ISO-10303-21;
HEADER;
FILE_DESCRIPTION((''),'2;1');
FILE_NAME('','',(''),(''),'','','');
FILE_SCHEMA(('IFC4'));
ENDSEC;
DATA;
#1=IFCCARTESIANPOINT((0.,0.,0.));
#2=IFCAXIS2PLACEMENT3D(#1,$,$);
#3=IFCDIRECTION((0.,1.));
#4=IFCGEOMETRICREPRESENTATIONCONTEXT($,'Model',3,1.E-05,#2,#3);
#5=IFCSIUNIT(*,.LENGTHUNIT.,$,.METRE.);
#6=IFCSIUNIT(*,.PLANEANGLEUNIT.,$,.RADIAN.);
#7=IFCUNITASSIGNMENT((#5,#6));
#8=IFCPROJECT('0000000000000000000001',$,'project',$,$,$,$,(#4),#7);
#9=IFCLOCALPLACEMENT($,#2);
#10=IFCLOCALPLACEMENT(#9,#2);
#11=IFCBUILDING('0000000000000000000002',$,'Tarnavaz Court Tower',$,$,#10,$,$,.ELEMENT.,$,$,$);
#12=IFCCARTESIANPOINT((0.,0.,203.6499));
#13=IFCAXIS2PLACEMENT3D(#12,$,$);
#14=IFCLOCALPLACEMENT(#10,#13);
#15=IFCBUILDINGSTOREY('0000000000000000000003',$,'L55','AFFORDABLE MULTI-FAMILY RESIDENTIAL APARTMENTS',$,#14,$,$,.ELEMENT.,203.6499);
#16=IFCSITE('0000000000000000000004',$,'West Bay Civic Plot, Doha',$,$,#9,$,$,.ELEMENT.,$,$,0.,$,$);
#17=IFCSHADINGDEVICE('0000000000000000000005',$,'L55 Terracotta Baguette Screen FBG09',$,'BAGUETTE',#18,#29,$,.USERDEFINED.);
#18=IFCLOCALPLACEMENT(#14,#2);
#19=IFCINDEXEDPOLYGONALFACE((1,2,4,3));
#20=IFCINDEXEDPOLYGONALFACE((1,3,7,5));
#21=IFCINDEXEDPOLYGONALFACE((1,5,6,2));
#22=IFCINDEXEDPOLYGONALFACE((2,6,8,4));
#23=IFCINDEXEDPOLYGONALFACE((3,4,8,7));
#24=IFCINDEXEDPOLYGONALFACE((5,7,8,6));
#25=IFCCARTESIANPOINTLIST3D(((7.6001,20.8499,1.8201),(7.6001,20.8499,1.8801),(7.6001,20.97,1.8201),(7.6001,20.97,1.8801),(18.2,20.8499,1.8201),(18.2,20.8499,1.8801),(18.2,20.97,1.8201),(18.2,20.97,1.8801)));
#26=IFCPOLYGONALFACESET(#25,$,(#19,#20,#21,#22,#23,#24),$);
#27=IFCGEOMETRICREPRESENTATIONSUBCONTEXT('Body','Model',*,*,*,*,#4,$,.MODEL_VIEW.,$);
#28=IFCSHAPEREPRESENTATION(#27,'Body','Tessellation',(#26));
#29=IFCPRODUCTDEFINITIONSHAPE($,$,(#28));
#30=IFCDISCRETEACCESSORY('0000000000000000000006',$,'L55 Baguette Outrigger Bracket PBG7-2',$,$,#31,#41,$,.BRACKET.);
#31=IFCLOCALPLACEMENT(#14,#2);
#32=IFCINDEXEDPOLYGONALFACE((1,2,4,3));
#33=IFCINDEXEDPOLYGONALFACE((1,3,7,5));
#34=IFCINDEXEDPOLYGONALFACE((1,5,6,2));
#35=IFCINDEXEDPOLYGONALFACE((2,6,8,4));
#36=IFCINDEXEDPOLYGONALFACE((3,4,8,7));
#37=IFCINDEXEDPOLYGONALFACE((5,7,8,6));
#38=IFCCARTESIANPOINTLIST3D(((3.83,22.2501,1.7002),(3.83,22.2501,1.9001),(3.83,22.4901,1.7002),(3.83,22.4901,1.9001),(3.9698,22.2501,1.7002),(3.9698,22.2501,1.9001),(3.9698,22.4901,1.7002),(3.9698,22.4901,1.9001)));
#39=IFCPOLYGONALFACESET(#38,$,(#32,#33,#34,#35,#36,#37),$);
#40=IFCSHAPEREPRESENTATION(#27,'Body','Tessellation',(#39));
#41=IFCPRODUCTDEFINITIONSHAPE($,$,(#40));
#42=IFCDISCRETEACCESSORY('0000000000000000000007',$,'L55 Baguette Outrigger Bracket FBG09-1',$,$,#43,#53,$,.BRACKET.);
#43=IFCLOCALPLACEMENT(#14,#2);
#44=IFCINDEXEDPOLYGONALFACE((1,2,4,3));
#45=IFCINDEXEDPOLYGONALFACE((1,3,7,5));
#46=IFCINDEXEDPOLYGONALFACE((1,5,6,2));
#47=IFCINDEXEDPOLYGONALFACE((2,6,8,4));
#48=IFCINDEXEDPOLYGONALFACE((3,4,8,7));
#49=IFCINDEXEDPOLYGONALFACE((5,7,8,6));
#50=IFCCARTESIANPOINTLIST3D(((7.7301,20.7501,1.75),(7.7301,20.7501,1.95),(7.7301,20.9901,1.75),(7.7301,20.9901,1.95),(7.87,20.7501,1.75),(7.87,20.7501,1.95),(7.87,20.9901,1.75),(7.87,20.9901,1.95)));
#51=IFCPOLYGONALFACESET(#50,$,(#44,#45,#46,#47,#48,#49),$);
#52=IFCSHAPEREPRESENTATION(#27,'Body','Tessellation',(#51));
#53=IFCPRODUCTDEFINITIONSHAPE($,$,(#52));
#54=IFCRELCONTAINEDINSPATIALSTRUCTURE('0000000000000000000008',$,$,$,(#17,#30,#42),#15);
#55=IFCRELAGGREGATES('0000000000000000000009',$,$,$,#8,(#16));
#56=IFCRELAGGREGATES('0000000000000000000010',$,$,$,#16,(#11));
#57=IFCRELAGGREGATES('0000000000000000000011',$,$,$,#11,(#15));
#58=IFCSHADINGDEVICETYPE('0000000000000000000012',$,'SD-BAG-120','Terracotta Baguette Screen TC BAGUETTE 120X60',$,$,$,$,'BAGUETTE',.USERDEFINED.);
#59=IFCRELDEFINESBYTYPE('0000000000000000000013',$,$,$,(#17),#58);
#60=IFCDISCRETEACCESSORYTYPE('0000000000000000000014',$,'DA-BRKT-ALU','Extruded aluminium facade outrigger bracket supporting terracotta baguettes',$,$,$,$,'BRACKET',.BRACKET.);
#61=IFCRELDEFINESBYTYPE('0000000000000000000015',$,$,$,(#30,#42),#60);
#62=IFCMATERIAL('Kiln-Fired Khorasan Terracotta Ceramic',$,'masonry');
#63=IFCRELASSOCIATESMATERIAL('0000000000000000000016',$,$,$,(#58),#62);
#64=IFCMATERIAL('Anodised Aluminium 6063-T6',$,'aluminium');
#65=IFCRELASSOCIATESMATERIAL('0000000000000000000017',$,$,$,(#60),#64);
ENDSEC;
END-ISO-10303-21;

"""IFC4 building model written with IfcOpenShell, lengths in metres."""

from ifc_helpers import new_model, si_unit, direction, frame, origin, origin_2d, place, context, subcontext, project, spatial, rectangle, extrude, material, material_profile, profile_set, type_object, element, save


model = new_model("IFC4")

# Units and contexts
model_context = context("Model", 3, precision=1e-05, world=origin(), true_north=direction((0.0, 1.0)))
body_context = subcontext(model_context, "Body", "Model", "MODEL_VIEW")
ifc_project = project(units=[si_unit("LENGTHUNIT", "METRE"), si_unit("PLANEANGLEUNIT", "RADIAN")], contexts=[model_context])

# Site, building, storey
site_placement = place(None, origin())
site = spatial("IfcSite", under=ifc_project, at=site_placement, Name="West Bay Civic Plot, Doha", CompositionType="ELEMENT", RefElevation=0.0)
building_placement = place(site_placement, origin())
building = spatial("IfcBuilding", under=site, at=building_placement, Name="Tarnavaz Court Tower", CompositionType="ELEMENT")
storey_placement = place(building_placement, frame((0.0, 0.0, 203.6499)))
storey = spatial("IfcBuildingStorey", under=building, at=storey_placement, Name="L55", Description="AFFORDABLE MULTI-FAMILY RESIDENTIAL APARTMENTS", CompositionType="ELEMENT", Elevation=203.6499)

# Shared definitions
ifc_material_1 = material(Name="Anodised Aluminium 6063-T6", Category="aluminium")

# Shading device
ifc_material_2 = material(Name="Kiln-Fired Khorasan Terracotta Ceramic", Category="masonry")
ifc_material_profile_1 = material_profile(ifc_material_2, rectangle(XDim=0.1201, YDim=0.0601, at=origin_2d()), Name="TC BAGUETTE 120X60")
ifc_profile_set_1 = profile_set([ifc_material_profile_1], Name="Kiln-Fired Khorasan Terracotta Ceramic")
shading_device_type = type_object("IfcShadingDeviceType", Name="SD-BAG-120", Description="Terracotta Baguette Screen TC BAGUETTE 120X60", ElementType="BAGUETTE", PredefinedType="USERDEFINED", material=ifc_profile_set_1)
shading_device_placement = place(storey_placement, frame((7.6001, 20.9099, 1.8501), z_axis=(1.0, 0.0, 0.0), x_axis=(0.0, 1.0, 0.0)))
element("IfcShadingDevice", 1, at=shading_device_placement, inside=storey, type_object=shading_device_type, Name="L55 Terracotta Baguette Screen FBG09", ObjectType="BAGUETTE", PredefinedType="USERDEFINED", context=body_context, shape_type="SweptSolid", body=[
    extrude(rectangle(XDim=0.1201, YDim=0.0601, at=origin_2d()), origin(), (0.0, 0.0, 1.0), 10.5999),
])

# Discrete accessories
discrete_accessory_type = type_object("IfcDiscreteAccessoryType", Name="DA-BRKT-ALU", Description="Extruded aluminium facade outrigger bracket supporting terracotta baguettes", ElementType="BRACKET", PredefinedType="BRACKET", material=ifc_material_1)
for number, where, z_axis, x_axis, name in (
    (2, (3.8999, 22.3701, 1.7002), (0.0, 0.0, 1.0), (1.0, 0.0, 0.0), "L55 Baguette Outrigger Bracket PBG7-2"),
    (3, (7.8, 20.8701, 1.75), (0.0, 0.0, 1.0), (1.0, 0.0, 0.0), "L55 Baguette Outrigger Bracket FBG09-1"),
):
    element("IfcDiscreteAccessory", number, at=place(storey_placement, frame(where, z_axis=z_axis, x_axis=x_axis)), inside=storey, type_object=discrete_accessory_type, Name=name, PredefinedType="BRACKET", context=body_context, shape_type="SweptSolid", body=[
        extrude(rectangle(XDim=0.1399, YDim=0.24, at=origin_2d()), origin(), (0.0, 0.0, 1.0), 0.2),
    ])

save(model, "model.ifc")
